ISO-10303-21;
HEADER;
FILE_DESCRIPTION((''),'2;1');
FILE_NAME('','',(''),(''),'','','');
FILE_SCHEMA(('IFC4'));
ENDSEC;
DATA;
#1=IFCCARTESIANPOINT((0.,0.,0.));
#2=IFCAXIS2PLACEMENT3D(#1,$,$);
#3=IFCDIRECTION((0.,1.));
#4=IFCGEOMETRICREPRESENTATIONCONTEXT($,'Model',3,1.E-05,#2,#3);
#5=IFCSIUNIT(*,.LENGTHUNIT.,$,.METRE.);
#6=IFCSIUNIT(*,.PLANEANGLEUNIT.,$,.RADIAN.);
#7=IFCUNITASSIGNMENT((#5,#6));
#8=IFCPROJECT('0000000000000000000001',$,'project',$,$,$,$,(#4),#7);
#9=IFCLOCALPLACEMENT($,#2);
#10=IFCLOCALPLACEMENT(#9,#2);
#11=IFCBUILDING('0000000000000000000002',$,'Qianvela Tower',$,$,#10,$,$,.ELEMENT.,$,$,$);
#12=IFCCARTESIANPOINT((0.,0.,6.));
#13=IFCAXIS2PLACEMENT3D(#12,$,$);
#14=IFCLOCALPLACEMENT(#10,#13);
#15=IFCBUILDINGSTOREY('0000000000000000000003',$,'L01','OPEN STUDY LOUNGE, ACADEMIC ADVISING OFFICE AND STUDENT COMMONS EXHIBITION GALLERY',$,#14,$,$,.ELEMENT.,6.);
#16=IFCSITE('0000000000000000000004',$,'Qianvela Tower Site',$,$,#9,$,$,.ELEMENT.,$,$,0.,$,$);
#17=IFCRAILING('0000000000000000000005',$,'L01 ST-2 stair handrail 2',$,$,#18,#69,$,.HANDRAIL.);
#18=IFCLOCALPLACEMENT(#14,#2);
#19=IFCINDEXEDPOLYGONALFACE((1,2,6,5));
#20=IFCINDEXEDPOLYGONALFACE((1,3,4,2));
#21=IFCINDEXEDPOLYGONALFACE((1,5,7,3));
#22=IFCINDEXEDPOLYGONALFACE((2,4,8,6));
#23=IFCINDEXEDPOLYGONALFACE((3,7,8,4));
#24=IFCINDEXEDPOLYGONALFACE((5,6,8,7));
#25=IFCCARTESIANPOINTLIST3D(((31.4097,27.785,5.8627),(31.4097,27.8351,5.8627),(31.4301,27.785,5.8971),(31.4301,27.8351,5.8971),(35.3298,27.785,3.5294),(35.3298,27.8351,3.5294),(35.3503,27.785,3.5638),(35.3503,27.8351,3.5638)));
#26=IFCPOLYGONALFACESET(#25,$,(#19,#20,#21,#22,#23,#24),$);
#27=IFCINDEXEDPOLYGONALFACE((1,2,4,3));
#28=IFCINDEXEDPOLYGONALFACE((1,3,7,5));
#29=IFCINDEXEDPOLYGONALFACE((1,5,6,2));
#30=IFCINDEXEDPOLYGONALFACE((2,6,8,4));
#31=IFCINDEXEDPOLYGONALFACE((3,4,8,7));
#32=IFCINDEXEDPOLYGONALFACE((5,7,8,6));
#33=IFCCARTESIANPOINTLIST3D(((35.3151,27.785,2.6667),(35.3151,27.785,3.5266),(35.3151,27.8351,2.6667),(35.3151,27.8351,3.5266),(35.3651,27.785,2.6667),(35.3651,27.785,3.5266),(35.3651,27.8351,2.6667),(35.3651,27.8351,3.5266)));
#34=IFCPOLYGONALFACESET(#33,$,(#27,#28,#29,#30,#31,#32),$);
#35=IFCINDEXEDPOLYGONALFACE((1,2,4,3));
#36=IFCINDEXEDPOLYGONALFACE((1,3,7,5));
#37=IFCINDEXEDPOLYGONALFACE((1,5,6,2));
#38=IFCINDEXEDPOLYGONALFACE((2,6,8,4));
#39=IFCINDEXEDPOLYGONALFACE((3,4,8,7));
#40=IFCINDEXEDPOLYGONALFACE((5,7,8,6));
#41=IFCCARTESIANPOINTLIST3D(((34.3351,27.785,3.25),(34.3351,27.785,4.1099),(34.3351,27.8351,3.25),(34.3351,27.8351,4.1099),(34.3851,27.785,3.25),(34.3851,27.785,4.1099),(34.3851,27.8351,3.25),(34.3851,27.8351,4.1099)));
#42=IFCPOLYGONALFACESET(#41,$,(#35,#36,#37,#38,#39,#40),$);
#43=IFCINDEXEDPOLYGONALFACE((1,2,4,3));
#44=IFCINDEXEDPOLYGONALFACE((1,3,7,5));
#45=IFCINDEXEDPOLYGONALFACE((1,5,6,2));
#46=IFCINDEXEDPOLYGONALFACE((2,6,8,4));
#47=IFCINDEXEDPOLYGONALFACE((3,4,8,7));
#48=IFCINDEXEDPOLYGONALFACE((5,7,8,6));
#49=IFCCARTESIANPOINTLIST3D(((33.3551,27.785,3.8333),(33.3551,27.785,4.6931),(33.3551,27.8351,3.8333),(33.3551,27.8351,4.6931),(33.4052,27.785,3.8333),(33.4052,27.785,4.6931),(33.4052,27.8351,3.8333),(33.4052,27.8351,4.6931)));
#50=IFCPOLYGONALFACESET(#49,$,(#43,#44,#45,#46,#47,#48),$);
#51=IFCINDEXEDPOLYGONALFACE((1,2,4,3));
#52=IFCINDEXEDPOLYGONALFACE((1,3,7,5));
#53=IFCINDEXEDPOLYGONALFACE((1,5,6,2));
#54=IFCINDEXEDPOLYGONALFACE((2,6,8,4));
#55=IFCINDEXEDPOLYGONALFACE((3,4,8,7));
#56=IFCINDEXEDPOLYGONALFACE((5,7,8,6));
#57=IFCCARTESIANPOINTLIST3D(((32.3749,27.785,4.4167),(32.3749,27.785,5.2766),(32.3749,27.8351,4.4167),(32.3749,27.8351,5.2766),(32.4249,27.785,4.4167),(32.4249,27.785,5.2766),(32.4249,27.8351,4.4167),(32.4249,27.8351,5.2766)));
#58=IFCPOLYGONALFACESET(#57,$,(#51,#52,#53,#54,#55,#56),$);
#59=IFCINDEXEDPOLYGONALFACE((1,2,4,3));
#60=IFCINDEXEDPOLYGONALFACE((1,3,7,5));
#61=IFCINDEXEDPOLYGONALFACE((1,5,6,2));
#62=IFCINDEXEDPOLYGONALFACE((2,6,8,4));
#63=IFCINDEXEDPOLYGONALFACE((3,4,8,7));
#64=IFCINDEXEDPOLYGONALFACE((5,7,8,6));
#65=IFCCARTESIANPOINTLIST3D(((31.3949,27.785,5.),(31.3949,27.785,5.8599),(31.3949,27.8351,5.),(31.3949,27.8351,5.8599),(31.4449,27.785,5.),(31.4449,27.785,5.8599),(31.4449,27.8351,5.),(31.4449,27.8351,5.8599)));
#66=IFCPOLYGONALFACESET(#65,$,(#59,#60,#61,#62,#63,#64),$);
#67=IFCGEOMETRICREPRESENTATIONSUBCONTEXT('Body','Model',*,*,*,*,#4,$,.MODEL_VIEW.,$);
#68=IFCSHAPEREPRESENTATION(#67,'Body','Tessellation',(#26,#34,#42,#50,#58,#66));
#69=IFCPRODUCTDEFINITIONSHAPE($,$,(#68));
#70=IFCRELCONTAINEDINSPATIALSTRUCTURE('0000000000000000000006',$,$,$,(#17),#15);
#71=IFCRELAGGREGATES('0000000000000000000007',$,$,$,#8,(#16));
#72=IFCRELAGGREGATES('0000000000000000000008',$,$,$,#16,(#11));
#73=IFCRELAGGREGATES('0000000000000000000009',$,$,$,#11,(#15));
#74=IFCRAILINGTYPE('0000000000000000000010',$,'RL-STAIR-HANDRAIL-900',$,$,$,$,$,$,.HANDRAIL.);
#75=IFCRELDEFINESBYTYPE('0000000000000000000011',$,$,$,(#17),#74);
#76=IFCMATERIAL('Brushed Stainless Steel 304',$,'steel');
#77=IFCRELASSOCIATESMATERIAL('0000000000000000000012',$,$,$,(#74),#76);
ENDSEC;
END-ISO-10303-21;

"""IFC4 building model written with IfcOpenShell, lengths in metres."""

from ifc_helpers import new_model, si_unit, direction, frame, origin, origin_2d, place, context, subcontext, project, spatial, rectangle, extrude, material, type_object, element, save


model = new_model("IFC4")

# Units and contexts
model_context = context("Model", 3, precision=1e-05, world=origin(), true_north=direction((0.0, 1.0)))
body_context = subcontext(model_context, "Body", "Model", "MODEL_VIEW")
ifc_project = project(units=[si_unit("LENGTHUNIT", "METRE"), si_unit("PLANEANGLEUNIT", "RADIAN")], contexts=[model_context])

# Site, building, storey
site_placement = place(None, origin())
site = spatial("IfcSite", under=ifc_project, at=site_placement, Name="Qianvela Tower Site", CompositionType="ELEMENT", RefElevation=0.0)
building_placement = place(site_placement, origin())
building = spatial("IfcBuilding", under=site, at=building_placement, Name="Qianvela Tower", CompositionType="ELEMENT")
storey_placement = place(building_placement, frame((0.0, 0.0, 6.0)))
storey = spatial("IfcBuildingStorey", under=building, at=storey_placement, Name="L01", Description="OPEN STUDY LOUNGE, ACADEMIC ADVISING OFFICE AND STUDENT COMMONS EXHIBITION GALLERY", CompositionType="ELEMENT", Elevation=6.0)

# Railing
ifc_material_1 = material(Name="Brushed Stainless Steel 304", Category="steel")
railing_type_1 = type_object("IfcRailingType", Name="RL-STAIR-HANDRAIL-900", PredefinedType="HANDRAIL", material=ifc_material_1)
for number, where, name in (
    (1, (35.3401, 27.8101, 2.6667), "L01 ST-2 stair handrail 2"),
):
    element("IfcRailing", number, at=place(storey_placement, frame(where)), inside=storey, type_object=railing_type_1, Name=name, PredefinedType="HANDRAIL", context=body_context, shape_type="SweptSolid", body=[
        extrude(rectangle(XDim=0.05, YDim=0.04, at=origin_2d()), frame((0.0, 0.0, 0.8799), z_axis=(-0.85931, 0.0, 0.511455), x_axis=(0.0, -1.0, 0.0)), (0.0, 0.0, 1.0), 4.562),
        extrude(rectangle(XDim=0.05, YDim=0.05, at=origin_2d()), origin(), (0.0, 0.0, 1.0), 0.8599),
        extrude(rectangle(XDim=0.05, YDim=0.05, at=origin_2d()), frame((-0.98, 0.0, 0.5833)), (0.0, 0.0, 1.0), 0.8599),
        extrude(rectangle(XDim=0.05, YDim=0.05, at=origin_2d()), frame((-1.96, 0.0, 1.1665)), (0.0, 0.0, 1.0), 0.8599),
        extrude(rectangle(XDim=0.05, YDim=0.05, at=origin_2d()), frame((-2.9402, 0.0, 1.75)), (0.0, 0.0, 1.0), 0.8599),
        extrude(rectangle(XDim=0.05, YDim=0.05, at=origin_2d()), frame((-3.9202, 0.0, 2.3333)), (0.0, 0.0, 1.0), 0.8599),
    ])

save(model, "model.ifc")
